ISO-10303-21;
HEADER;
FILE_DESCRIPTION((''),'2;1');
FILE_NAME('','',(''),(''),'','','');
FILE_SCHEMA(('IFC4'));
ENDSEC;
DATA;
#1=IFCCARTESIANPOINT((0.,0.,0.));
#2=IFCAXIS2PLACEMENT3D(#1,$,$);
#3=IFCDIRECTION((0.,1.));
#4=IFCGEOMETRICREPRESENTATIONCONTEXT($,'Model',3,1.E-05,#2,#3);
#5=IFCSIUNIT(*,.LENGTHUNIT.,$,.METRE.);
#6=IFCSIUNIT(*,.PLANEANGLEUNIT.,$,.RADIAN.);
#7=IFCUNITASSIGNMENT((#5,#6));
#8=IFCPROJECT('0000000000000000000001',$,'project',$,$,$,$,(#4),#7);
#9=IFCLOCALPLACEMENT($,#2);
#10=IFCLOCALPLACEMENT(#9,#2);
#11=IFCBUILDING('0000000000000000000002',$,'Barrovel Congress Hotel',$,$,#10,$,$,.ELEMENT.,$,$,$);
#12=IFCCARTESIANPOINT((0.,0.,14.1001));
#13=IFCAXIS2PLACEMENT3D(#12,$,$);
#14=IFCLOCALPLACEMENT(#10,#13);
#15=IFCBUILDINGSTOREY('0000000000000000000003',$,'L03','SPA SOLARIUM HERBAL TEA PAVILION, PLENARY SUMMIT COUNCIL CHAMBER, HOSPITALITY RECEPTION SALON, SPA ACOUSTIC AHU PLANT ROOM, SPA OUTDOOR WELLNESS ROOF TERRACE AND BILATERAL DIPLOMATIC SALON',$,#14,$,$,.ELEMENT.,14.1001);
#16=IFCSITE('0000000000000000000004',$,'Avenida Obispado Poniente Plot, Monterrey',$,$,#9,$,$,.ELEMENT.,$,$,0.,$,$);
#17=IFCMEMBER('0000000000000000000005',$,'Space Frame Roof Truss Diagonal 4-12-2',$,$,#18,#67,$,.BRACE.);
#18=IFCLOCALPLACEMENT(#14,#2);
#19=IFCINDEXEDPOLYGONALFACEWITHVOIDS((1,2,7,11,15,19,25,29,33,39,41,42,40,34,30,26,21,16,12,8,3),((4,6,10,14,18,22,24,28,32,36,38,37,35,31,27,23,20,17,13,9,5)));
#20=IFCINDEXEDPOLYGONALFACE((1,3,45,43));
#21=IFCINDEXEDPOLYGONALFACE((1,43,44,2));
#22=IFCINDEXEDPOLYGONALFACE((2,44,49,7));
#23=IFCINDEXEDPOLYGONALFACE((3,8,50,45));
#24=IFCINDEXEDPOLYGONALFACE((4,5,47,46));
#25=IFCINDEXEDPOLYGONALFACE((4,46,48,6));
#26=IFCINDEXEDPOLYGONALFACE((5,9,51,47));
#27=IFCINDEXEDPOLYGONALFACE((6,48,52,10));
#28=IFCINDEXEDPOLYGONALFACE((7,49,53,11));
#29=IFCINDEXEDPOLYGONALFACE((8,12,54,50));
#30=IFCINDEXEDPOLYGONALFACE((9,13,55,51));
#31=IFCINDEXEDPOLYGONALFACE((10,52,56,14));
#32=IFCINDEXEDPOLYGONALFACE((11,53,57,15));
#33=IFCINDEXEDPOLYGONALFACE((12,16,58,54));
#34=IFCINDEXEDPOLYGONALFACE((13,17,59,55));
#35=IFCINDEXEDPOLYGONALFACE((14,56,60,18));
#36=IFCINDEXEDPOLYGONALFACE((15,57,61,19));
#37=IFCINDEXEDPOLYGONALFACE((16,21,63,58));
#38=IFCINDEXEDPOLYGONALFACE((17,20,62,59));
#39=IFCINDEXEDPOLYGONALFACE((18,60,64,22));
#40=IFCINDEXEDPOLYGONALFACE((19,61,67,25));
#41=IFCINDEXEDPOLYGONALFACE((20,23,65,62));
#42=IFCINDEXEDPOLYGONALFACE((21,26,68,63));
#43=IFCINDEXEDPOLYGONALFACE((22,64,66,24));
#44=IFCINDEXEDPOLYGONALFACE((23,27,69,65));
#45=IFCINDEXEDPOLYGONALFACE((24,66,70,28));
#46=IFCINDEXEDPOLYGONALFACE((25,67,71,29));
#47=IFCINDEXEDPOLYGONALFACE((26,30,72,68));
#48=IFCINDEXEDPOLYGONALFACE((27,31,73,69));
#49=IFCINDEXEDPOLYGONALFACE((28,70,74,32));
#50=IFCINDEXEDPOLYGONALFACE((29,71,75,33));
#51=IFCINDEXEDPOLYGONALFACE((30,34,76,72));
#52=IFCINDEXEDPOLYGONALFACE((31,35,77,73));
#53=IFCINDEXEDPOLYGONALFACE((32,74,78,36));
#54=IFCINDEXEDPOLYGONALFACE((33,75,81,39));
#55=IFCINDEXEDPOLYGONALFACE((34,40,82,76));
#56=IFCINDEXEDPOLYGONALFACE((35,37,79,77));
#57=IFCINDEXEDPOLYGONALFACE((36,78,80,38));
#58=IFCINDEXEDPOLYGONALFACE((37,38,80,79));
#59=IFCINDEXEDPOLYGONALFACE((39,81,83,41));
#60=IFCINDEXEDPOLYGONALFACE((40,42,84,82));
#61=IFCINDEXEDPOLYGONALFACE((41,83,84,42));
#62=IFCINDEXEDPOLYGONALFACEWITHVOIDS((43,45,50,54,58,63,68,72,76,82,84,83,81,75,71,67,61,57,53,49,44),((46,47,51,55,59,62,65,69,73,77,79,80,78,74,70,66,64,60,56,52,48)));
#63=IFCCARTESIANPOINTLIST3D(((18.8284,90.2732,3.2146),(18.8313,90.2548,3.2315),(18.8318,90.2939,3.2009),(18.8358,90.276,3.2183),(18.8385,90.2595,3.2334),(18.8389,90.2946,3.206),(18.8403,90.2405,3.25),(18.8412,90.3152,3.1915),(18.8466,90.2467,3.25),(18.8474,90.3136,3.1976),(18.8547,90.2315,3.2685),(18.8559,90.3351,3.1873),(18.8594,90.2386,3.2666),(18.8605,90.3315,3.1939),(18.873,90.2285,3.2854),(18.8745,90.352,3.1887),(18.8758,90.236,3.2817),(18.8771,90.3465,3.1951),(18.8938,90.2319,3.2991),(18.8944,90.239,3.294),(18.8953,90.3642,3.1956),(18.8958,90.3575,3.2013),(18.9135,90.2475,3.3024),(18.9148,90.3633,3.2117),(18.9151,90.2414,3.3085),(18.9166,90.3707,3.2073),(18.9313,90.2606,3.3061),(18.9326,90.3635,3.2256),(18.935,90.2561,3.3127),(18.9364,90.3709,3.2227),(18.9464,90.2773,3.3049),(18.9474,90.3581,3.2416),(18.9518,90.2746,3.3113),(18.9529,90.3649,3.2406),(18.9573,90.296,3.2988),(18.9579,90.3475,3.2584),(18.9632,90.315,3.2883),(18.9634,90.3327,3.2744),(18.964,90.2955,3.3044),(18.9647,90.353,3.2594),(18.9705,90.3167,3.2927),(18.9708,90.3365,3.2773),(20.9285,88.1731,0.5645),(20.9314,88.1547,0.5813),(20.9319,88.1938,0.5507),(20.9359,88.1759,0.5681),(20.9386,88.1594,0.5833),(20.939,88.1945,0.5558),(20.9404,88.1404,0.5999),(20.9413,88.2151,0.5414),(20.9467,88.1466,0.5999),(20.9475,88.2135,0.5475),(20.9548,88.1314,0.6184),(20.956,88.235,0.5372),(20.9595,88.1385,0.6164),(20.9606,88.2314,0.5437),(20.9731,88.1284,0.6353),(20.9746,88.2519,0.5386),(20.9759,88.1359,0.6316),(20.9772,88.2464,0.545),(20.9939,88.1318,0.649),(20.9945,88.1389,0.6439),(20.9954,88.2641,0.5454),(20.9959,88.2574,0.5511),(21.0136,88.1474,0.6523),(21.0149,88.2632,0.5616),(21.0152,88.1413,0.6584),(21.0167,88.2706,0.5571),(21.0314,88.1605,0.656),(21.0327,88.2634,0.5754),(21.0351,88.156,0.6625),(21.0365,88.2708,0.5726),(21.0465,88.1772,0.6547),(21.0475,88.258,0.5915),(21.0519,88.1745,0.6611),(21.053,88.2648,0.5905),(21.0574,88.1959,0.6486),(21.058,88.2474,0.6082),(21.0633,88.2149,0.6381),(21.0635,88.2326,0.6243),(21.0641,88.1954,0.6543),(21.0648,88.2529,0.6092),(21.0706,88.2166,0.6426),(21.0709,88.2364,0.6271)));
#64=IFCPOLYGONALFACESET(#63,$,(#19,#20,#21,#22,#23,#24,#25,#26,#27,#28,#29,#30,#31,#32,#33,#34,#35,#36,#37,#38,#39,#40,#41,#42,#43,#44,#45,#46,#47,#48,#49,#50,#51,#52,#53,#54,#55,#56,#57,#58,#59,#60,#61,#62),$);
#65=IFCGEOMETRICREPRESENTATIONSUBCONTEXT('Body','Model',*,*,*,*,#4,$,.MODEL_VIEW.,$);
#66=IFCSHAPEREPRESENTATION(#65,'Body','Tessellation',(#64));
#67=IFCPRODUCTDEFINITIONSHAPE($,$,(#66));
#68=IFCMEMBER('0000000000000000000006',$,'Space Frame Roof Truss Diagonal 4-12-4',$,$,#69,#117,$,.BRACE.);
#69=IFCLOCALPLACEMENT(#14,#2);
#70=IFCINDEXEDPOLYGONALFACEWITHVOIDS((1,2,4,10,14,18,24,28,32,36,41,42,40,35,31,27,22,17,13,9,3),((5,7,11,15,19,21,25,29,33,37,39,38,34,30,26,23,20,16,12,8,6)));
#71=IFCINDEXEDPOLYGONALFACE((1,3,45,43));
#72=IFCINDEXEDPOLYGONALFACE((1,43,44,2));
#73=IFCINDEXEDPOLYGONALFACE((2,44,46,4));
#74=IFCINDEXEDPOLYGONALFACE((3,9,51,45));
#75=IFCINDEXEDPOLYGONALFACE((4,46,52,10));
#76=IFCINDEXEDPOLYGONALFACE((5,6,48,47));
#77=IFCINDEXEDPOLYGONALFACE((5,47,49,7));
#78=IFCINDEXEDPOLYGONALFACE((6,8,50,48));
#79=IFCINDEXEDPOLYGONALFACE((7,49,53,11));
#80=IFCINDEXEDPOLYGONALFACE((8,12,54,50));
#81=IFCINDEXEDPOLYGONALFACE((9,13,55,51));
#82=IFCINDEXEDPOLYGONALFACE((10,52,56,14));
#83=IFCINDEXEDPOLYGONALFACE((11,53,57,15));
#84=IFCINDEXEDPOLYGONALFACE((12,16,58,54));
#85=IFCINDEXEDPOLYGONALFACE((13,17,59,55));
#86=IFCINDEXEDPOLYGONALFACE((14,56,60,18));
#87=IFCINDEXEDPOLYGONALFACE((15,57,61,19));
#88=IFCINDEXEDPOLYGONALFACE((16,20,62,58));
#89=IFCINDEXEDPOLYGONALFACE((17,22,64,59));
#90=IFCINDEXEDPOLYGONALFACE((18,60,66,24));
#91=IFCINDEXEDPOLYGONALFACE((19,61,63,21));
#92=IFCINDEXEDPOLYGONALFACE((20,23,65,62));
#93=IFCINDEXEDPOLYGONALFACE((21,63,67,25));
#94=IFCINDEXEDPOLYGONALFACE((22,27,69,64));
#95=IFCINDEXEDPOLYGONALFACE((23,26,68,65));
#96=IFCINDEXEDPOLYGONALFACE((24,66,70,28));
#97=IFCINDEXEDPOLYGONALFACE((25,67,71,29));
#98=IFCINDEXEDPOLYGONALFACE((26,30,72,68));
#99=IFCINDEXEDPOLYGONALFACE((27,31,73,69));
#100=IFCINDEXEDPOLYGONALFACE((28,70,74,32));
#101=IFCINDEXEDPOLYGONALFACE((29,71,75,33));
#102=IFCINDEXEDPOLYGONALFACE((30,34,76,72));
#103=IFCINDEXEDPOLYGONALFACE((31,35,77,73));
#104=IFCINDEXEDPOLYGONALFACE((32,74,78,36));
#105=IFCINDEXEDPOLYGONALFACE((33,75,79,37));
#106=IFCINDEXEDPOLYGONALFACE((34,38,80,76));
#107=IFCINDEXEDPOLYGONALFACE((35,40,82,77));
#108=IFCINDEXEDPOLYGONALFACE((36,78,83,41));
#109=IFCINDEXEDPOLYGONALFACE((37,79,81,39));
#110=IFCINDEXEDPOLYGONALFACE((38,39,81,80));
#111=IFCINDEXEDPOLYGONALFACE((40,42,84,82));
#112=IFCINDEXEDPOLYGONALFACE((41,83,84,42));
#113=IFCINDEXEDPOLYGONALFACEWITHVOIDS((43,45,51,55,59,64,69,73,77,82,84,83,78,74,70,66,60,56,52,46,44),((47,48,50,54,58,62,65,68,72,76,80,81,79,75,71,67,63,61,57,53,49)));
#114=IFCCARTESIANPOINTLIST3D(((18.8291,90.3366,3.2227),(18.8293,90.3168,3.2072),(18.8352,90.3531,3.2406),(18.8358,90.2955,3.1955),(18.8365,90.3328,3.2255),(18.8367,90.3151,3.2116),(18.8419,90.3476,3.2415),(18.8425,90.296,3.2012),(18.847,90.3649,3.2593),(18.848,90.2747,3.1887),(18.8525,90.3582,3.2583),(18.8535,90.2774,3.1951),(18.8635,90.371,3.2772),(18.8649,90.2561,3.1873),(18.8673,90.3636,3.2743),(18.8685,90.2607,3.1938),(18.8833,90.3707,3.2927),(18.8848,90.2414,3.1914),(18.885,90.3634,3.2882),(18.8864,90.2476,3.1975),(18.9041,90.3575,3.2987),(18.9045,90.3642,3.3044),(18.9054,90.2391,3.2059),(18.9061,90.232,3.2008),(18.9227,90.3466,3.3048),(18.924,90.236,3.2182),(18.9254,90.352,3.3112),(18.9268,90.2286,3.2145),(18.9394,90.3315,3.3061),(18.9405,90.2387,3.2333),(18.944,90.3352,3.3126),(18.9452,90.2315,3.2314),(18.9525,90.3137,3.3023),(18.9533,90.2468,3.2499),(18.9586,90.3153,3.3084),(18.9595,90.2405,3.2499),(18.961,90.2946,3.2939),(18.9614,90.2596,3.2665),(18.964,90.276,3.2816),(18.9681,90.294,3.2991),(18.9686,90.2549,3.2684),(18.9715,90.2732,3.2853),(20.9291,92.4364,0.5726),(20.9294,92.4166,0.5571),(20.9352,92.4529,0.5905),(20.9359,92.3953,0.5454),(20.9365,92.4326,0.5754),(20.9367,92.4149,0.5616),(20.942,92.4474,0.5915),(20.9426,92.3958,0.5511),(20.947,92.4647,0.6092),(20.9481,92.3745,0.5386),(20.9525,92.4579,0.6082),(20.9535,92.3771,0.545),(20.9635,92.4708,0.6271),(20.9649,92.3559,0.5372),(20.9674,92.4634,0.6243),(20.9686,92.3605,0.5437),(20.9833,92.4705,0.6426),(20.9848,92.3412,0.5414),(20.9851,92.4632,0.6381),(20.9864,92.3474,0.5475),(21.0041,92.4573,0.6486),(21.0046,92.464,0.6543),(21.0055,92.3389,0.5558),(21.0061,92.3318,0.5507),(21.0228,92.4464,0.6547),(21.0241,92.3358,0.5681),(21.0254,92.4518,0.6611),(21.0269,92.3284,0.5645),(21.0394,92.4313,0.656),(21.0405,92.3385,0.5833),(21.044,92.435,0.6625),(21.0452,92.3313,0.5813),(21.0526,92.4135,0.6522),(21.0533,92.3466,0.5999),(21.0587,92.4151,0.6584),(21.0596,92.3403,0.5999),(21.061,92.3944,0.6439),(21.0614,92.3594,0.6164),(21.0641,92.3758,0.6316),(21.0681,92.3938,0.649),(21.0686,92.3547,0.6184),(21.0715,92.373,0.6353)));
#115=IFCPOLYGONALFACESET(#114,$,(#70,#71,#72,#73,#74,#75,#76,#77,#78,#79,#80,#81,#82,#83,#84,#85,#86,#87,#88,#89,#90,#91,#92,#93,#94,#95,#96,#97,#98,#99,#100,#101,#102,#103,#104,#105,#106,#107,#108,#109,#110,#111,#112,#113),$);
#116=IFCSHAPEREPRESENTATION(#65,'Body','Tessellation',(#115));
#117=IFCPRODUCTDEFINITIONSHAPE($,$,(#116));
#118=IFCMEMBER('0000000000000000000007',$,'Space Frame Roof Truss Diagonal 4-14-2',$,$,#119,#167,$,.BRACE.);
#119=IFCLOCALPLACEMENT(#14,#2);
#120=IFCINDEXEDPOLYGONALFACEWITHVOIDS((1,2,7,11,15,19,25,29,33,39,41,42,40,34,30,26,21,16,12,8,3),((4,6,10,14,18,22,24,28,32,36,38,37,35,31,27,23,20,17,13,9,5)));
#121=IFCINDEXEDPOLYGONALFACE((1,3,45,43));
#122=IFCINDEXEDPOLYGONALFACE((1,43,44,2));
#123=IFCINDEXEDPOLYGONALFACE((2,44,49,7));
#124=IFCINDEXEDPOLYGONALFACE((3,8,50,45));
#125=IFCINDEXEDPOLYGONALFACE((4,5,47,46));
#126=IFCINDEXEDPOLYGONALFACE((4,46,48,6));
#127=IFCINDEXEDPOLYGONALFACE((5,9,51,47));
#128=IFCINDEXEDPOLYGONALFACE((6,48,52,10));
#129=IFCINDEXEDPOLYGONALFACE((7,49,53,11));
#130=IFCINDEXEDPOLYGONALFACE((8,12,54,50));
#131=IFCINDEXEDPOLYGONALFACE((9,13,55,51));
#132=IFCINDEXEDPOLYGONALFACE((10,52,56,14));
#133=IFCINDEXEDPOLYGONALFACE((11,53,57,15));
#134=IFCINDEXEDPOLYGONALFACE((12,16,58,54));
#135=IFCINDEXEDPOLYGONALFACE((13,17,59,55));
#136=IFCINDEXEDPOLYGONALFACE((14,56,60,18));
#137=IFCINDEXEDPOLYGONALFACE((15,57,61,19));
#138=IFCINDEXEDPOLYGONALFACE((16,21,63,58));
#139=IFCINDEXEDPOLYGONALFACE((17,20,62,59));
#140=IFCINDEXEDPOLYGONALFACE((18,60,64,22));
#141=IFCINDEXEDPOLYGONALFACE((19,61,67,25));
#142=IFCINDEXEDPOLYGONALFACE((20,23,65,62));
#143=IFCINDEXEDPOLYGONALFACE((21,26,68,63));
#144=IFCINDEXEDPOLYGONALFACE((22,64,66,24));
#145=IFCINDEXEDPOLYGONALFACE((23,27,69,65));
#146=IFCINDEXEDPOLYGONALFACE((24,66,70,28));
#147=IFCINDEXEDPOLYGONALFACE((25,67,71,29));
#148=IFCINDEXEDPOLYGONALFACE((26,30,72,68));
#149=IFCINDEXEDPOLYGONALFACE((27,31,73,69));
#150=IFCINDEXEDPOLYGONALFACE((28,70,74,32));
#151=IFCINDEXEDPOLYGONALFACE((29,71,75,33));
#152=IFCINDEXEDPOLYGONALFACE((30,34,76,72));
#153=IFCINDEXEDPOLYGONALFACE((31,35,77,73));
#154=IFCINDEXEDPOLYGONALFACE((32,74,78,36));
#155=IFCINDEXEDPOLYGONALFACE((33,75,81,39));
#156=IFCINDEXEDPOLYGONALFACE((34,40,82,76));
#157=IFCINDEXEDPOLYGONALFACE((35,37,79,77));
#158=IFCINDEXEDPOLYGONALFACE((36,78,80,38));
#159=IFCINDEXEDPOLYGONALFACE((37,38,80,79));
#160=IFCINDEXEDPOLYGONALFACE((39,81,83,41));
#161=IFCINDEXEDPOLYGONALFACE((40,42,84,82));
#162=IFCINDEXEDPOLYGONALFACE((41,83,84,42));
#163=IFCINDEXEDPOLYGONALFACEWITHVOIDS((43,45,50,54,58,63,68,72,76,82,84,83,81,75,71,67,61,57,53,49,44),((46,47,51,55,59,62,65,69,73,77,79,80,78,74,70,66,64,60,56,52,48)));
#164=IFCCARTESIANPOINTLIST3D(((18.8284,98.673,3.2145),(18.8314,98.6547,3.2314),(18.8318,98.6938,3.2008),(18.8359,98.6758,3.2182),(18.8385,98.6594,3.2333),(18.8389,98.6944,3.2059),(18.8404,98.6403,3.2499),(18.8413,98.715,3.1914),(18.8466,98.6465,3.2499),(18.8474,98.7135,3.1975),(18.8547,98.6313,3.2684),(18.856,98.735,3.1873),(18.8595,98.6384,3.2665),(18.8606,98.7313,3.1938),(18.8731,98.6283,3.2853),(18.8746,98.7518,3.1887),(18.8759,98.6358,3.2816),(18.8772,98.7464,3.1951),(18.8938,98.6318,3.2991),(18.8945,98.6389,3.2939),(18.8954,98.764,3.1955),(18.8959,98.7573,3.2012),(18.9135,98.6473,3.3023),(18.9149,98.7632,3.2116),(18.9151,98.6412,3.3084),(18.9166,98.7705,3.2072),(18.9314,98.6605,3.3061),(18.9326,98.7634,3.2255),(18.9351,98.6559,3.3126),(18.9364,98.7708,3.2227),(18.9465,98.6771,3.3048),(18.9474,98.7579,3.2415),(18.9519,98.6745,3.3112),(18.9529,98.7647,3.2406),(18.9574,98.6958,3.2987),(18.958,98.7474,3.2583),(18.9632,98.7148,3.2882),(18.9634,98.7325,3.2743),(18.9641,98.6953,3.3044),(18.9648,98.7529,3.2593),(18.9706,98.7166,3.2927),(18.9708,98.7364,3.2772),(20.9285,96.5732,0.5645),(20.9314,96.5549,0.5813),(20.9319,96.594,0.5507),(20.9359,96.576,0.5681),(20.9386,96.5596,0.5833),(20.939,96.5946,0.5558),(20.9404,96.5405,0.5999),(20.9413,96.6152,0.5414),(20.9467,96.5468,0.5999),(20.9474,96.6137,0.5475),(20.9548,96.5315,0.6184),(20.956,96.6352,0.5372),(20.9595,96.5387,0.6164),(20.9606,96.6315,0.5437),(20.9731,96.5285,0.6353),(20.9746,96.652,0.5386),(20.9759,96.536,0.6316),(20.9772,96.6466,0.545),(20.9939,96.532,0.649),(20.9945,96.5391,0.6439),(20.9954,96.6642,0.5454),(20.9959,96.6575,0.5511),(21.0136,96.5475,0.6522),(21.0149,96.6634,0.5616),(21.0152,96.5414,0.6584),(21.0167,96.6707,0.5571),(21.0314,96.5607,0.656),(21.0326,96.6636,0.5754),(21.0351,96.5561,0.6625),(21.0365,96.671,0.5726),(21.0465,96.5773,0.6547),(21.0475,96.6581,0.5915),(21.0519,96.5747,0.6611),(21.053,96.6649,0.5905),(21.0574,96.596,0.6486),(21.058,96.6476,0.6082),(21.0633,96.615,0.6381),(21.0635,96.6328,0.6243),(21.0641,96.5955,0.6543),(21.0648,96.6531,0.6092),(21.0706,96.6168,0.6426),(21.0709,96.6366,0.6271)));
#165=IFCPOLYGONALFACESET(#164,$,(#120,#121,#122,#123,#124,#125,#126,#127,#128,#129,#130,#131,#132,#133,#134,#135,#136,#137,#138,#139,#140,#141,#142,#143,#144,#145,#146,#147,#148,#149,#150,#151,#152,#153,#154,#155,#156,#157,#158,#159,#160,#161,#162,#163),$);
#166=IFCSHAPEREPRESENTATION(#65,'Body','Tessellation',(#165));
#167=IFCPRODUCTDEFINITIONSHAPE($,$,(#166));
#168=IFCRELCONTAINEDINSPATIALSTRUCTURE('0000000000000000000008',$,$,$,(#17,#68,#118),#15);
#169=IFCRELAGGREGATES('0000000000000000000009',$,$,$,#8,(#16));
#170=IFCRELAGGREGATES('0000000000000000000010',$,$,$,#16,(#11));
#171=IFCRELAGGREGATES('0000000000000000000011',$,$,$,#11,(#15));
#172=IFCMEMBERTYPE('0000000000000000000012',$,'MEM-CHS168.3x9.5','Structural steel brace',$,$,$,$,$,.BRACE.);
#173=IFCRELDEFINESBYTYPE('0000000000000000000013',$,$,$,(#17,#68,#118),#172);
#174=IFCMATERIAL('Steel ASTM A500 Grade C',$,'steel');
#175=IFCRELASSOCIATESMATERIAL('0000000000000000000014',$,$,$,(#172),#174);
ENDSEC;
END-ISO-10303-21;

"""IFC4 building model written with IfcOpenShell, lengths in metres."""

from ifc_helpers import new_model, si_unit, direction, frame, origin, origin_2d, place, context, subcontext, project, spatial, hollow_circle, extrude, material, material_profile, profile_set, type_object, element, save


model = new_model("IFC4")

# Units and contexts
model_context = context("Model", 3, precision=1e-05, world=origin(), true_north=direction((0.0, 1.0)))
body_context = subcontext(model_context, "Body", "Model", "MODEL_VIEW")
ifc_project = project(units=[si_unit("LENGTHUNIT", "METRE"), si_unit("PLANEANGLEUNIT", "RADIAN")], contexts=[model_context])

# Site, building, storey
site_placement = place(None, origin())
site = spatial("IfcSite", under=ifc_project, at=site_placement, Name="Avenida Obispado Poniente Plot, Monterrey", CompositionType="ELEMENT", RefElevation=0.0)
building_placement = place(site_placement, origin())
building = spatial("IfcBuilding", under=site, at=building_placement, Name="Barrovel Congress Hotel", CompositionType="ELEMENT")
storey_placement = place(building_placement, frame((0.0, 0.0, 14.1001)))
storey = spatial("IfcBuildingStorey", under=building, at=storey_placement, Name="L03", Description="SPA SOLARIUM HERBAL TEA PAVILION, PLENARY SUMMIT COUNCIL CHAMBER, HOSPITALITY RECEPTION SALON, SPA ACOUSTIC AHU PLANT ROOM, SPA OUTDOOR WELLNESS ROOF TERRACE AND BILATERAL DIPLOMATIC SALON", CompositionType="ELEMENT", Elevation=14.1001)

# Members
ifc_material_1 = material(Name="Steel ASTM A500 Grade C", Category="steel")
ifc_material_profile_1 = material_profile(ifc_material_1, hollow_circle(Radius=0.0842, WallThickness=0.0088, at=origin_2d()), Name="CHS168.3x9.5")
ifc_profile_set_1 = profile_set([ifc_material_profile_1], Name="Steel ASTM A500 Grade C")
member_type_1 = type_object("IfcMemberType", Name="MEM-CHS168.3x9.5", Description="Structural steel brace", PredefinedType="BRACE", material=ifc_profile_set_1)
member_1_placement = place(storey_placement, frame((21.0, 88.2, 0.5999), z_axis=(-0.527601, 0.527601, 0.665788), x_axis=(-0.707107, -0.707107, 0.0)))
element("IfcMember", 1, at=member_1_placement, inside=storey, type_object=member_type_1, Name="Space Frame Roof Truss Diagonal 4-12-2", PredefinedType="BRACE", context=body_context, shape_type="SweptSolid", body=[
    extrude(hollow_circle(Radius=0.0842, WallThickness=0.0088, at=origin_2d()), origin(), (0.0, 0.0, 1.0), 3.9805),
])
for number, where, z_axis, x_axis, name in (
    (2, (21.0, 92.3999, 0.5999), (-0.527618, -0.527557, 0.66581), (0.707066, -0.707148, 0.0), "Space Frame Roof Truss Diagonal 4-12-4"),
    (3, (21.0, 96.6001, 0.5999), (-0.527618, 0.527557, 0.66581), (-0.707066, -0.707148, 0.0), "Space Frame Roof Truss Diagonal 4-14-2"),
):
    element("IfcMember", number, at=place(storey_placement, frame(where, z_axis=z_axis, x_axis=x_axis)), inside=storey, type_object=member_type_1, Name=name, PredefinedType="BRACE", context=body_context, shape_type="SweptSolid", body=[
        extrude(hollow_circle(Radius=0.0842, WallThickness=0.0088, at=origin_2d()), origin(), (0.0, 0.0, 1.0), 3.9802),
    ])

save(model, "model.ifc")
